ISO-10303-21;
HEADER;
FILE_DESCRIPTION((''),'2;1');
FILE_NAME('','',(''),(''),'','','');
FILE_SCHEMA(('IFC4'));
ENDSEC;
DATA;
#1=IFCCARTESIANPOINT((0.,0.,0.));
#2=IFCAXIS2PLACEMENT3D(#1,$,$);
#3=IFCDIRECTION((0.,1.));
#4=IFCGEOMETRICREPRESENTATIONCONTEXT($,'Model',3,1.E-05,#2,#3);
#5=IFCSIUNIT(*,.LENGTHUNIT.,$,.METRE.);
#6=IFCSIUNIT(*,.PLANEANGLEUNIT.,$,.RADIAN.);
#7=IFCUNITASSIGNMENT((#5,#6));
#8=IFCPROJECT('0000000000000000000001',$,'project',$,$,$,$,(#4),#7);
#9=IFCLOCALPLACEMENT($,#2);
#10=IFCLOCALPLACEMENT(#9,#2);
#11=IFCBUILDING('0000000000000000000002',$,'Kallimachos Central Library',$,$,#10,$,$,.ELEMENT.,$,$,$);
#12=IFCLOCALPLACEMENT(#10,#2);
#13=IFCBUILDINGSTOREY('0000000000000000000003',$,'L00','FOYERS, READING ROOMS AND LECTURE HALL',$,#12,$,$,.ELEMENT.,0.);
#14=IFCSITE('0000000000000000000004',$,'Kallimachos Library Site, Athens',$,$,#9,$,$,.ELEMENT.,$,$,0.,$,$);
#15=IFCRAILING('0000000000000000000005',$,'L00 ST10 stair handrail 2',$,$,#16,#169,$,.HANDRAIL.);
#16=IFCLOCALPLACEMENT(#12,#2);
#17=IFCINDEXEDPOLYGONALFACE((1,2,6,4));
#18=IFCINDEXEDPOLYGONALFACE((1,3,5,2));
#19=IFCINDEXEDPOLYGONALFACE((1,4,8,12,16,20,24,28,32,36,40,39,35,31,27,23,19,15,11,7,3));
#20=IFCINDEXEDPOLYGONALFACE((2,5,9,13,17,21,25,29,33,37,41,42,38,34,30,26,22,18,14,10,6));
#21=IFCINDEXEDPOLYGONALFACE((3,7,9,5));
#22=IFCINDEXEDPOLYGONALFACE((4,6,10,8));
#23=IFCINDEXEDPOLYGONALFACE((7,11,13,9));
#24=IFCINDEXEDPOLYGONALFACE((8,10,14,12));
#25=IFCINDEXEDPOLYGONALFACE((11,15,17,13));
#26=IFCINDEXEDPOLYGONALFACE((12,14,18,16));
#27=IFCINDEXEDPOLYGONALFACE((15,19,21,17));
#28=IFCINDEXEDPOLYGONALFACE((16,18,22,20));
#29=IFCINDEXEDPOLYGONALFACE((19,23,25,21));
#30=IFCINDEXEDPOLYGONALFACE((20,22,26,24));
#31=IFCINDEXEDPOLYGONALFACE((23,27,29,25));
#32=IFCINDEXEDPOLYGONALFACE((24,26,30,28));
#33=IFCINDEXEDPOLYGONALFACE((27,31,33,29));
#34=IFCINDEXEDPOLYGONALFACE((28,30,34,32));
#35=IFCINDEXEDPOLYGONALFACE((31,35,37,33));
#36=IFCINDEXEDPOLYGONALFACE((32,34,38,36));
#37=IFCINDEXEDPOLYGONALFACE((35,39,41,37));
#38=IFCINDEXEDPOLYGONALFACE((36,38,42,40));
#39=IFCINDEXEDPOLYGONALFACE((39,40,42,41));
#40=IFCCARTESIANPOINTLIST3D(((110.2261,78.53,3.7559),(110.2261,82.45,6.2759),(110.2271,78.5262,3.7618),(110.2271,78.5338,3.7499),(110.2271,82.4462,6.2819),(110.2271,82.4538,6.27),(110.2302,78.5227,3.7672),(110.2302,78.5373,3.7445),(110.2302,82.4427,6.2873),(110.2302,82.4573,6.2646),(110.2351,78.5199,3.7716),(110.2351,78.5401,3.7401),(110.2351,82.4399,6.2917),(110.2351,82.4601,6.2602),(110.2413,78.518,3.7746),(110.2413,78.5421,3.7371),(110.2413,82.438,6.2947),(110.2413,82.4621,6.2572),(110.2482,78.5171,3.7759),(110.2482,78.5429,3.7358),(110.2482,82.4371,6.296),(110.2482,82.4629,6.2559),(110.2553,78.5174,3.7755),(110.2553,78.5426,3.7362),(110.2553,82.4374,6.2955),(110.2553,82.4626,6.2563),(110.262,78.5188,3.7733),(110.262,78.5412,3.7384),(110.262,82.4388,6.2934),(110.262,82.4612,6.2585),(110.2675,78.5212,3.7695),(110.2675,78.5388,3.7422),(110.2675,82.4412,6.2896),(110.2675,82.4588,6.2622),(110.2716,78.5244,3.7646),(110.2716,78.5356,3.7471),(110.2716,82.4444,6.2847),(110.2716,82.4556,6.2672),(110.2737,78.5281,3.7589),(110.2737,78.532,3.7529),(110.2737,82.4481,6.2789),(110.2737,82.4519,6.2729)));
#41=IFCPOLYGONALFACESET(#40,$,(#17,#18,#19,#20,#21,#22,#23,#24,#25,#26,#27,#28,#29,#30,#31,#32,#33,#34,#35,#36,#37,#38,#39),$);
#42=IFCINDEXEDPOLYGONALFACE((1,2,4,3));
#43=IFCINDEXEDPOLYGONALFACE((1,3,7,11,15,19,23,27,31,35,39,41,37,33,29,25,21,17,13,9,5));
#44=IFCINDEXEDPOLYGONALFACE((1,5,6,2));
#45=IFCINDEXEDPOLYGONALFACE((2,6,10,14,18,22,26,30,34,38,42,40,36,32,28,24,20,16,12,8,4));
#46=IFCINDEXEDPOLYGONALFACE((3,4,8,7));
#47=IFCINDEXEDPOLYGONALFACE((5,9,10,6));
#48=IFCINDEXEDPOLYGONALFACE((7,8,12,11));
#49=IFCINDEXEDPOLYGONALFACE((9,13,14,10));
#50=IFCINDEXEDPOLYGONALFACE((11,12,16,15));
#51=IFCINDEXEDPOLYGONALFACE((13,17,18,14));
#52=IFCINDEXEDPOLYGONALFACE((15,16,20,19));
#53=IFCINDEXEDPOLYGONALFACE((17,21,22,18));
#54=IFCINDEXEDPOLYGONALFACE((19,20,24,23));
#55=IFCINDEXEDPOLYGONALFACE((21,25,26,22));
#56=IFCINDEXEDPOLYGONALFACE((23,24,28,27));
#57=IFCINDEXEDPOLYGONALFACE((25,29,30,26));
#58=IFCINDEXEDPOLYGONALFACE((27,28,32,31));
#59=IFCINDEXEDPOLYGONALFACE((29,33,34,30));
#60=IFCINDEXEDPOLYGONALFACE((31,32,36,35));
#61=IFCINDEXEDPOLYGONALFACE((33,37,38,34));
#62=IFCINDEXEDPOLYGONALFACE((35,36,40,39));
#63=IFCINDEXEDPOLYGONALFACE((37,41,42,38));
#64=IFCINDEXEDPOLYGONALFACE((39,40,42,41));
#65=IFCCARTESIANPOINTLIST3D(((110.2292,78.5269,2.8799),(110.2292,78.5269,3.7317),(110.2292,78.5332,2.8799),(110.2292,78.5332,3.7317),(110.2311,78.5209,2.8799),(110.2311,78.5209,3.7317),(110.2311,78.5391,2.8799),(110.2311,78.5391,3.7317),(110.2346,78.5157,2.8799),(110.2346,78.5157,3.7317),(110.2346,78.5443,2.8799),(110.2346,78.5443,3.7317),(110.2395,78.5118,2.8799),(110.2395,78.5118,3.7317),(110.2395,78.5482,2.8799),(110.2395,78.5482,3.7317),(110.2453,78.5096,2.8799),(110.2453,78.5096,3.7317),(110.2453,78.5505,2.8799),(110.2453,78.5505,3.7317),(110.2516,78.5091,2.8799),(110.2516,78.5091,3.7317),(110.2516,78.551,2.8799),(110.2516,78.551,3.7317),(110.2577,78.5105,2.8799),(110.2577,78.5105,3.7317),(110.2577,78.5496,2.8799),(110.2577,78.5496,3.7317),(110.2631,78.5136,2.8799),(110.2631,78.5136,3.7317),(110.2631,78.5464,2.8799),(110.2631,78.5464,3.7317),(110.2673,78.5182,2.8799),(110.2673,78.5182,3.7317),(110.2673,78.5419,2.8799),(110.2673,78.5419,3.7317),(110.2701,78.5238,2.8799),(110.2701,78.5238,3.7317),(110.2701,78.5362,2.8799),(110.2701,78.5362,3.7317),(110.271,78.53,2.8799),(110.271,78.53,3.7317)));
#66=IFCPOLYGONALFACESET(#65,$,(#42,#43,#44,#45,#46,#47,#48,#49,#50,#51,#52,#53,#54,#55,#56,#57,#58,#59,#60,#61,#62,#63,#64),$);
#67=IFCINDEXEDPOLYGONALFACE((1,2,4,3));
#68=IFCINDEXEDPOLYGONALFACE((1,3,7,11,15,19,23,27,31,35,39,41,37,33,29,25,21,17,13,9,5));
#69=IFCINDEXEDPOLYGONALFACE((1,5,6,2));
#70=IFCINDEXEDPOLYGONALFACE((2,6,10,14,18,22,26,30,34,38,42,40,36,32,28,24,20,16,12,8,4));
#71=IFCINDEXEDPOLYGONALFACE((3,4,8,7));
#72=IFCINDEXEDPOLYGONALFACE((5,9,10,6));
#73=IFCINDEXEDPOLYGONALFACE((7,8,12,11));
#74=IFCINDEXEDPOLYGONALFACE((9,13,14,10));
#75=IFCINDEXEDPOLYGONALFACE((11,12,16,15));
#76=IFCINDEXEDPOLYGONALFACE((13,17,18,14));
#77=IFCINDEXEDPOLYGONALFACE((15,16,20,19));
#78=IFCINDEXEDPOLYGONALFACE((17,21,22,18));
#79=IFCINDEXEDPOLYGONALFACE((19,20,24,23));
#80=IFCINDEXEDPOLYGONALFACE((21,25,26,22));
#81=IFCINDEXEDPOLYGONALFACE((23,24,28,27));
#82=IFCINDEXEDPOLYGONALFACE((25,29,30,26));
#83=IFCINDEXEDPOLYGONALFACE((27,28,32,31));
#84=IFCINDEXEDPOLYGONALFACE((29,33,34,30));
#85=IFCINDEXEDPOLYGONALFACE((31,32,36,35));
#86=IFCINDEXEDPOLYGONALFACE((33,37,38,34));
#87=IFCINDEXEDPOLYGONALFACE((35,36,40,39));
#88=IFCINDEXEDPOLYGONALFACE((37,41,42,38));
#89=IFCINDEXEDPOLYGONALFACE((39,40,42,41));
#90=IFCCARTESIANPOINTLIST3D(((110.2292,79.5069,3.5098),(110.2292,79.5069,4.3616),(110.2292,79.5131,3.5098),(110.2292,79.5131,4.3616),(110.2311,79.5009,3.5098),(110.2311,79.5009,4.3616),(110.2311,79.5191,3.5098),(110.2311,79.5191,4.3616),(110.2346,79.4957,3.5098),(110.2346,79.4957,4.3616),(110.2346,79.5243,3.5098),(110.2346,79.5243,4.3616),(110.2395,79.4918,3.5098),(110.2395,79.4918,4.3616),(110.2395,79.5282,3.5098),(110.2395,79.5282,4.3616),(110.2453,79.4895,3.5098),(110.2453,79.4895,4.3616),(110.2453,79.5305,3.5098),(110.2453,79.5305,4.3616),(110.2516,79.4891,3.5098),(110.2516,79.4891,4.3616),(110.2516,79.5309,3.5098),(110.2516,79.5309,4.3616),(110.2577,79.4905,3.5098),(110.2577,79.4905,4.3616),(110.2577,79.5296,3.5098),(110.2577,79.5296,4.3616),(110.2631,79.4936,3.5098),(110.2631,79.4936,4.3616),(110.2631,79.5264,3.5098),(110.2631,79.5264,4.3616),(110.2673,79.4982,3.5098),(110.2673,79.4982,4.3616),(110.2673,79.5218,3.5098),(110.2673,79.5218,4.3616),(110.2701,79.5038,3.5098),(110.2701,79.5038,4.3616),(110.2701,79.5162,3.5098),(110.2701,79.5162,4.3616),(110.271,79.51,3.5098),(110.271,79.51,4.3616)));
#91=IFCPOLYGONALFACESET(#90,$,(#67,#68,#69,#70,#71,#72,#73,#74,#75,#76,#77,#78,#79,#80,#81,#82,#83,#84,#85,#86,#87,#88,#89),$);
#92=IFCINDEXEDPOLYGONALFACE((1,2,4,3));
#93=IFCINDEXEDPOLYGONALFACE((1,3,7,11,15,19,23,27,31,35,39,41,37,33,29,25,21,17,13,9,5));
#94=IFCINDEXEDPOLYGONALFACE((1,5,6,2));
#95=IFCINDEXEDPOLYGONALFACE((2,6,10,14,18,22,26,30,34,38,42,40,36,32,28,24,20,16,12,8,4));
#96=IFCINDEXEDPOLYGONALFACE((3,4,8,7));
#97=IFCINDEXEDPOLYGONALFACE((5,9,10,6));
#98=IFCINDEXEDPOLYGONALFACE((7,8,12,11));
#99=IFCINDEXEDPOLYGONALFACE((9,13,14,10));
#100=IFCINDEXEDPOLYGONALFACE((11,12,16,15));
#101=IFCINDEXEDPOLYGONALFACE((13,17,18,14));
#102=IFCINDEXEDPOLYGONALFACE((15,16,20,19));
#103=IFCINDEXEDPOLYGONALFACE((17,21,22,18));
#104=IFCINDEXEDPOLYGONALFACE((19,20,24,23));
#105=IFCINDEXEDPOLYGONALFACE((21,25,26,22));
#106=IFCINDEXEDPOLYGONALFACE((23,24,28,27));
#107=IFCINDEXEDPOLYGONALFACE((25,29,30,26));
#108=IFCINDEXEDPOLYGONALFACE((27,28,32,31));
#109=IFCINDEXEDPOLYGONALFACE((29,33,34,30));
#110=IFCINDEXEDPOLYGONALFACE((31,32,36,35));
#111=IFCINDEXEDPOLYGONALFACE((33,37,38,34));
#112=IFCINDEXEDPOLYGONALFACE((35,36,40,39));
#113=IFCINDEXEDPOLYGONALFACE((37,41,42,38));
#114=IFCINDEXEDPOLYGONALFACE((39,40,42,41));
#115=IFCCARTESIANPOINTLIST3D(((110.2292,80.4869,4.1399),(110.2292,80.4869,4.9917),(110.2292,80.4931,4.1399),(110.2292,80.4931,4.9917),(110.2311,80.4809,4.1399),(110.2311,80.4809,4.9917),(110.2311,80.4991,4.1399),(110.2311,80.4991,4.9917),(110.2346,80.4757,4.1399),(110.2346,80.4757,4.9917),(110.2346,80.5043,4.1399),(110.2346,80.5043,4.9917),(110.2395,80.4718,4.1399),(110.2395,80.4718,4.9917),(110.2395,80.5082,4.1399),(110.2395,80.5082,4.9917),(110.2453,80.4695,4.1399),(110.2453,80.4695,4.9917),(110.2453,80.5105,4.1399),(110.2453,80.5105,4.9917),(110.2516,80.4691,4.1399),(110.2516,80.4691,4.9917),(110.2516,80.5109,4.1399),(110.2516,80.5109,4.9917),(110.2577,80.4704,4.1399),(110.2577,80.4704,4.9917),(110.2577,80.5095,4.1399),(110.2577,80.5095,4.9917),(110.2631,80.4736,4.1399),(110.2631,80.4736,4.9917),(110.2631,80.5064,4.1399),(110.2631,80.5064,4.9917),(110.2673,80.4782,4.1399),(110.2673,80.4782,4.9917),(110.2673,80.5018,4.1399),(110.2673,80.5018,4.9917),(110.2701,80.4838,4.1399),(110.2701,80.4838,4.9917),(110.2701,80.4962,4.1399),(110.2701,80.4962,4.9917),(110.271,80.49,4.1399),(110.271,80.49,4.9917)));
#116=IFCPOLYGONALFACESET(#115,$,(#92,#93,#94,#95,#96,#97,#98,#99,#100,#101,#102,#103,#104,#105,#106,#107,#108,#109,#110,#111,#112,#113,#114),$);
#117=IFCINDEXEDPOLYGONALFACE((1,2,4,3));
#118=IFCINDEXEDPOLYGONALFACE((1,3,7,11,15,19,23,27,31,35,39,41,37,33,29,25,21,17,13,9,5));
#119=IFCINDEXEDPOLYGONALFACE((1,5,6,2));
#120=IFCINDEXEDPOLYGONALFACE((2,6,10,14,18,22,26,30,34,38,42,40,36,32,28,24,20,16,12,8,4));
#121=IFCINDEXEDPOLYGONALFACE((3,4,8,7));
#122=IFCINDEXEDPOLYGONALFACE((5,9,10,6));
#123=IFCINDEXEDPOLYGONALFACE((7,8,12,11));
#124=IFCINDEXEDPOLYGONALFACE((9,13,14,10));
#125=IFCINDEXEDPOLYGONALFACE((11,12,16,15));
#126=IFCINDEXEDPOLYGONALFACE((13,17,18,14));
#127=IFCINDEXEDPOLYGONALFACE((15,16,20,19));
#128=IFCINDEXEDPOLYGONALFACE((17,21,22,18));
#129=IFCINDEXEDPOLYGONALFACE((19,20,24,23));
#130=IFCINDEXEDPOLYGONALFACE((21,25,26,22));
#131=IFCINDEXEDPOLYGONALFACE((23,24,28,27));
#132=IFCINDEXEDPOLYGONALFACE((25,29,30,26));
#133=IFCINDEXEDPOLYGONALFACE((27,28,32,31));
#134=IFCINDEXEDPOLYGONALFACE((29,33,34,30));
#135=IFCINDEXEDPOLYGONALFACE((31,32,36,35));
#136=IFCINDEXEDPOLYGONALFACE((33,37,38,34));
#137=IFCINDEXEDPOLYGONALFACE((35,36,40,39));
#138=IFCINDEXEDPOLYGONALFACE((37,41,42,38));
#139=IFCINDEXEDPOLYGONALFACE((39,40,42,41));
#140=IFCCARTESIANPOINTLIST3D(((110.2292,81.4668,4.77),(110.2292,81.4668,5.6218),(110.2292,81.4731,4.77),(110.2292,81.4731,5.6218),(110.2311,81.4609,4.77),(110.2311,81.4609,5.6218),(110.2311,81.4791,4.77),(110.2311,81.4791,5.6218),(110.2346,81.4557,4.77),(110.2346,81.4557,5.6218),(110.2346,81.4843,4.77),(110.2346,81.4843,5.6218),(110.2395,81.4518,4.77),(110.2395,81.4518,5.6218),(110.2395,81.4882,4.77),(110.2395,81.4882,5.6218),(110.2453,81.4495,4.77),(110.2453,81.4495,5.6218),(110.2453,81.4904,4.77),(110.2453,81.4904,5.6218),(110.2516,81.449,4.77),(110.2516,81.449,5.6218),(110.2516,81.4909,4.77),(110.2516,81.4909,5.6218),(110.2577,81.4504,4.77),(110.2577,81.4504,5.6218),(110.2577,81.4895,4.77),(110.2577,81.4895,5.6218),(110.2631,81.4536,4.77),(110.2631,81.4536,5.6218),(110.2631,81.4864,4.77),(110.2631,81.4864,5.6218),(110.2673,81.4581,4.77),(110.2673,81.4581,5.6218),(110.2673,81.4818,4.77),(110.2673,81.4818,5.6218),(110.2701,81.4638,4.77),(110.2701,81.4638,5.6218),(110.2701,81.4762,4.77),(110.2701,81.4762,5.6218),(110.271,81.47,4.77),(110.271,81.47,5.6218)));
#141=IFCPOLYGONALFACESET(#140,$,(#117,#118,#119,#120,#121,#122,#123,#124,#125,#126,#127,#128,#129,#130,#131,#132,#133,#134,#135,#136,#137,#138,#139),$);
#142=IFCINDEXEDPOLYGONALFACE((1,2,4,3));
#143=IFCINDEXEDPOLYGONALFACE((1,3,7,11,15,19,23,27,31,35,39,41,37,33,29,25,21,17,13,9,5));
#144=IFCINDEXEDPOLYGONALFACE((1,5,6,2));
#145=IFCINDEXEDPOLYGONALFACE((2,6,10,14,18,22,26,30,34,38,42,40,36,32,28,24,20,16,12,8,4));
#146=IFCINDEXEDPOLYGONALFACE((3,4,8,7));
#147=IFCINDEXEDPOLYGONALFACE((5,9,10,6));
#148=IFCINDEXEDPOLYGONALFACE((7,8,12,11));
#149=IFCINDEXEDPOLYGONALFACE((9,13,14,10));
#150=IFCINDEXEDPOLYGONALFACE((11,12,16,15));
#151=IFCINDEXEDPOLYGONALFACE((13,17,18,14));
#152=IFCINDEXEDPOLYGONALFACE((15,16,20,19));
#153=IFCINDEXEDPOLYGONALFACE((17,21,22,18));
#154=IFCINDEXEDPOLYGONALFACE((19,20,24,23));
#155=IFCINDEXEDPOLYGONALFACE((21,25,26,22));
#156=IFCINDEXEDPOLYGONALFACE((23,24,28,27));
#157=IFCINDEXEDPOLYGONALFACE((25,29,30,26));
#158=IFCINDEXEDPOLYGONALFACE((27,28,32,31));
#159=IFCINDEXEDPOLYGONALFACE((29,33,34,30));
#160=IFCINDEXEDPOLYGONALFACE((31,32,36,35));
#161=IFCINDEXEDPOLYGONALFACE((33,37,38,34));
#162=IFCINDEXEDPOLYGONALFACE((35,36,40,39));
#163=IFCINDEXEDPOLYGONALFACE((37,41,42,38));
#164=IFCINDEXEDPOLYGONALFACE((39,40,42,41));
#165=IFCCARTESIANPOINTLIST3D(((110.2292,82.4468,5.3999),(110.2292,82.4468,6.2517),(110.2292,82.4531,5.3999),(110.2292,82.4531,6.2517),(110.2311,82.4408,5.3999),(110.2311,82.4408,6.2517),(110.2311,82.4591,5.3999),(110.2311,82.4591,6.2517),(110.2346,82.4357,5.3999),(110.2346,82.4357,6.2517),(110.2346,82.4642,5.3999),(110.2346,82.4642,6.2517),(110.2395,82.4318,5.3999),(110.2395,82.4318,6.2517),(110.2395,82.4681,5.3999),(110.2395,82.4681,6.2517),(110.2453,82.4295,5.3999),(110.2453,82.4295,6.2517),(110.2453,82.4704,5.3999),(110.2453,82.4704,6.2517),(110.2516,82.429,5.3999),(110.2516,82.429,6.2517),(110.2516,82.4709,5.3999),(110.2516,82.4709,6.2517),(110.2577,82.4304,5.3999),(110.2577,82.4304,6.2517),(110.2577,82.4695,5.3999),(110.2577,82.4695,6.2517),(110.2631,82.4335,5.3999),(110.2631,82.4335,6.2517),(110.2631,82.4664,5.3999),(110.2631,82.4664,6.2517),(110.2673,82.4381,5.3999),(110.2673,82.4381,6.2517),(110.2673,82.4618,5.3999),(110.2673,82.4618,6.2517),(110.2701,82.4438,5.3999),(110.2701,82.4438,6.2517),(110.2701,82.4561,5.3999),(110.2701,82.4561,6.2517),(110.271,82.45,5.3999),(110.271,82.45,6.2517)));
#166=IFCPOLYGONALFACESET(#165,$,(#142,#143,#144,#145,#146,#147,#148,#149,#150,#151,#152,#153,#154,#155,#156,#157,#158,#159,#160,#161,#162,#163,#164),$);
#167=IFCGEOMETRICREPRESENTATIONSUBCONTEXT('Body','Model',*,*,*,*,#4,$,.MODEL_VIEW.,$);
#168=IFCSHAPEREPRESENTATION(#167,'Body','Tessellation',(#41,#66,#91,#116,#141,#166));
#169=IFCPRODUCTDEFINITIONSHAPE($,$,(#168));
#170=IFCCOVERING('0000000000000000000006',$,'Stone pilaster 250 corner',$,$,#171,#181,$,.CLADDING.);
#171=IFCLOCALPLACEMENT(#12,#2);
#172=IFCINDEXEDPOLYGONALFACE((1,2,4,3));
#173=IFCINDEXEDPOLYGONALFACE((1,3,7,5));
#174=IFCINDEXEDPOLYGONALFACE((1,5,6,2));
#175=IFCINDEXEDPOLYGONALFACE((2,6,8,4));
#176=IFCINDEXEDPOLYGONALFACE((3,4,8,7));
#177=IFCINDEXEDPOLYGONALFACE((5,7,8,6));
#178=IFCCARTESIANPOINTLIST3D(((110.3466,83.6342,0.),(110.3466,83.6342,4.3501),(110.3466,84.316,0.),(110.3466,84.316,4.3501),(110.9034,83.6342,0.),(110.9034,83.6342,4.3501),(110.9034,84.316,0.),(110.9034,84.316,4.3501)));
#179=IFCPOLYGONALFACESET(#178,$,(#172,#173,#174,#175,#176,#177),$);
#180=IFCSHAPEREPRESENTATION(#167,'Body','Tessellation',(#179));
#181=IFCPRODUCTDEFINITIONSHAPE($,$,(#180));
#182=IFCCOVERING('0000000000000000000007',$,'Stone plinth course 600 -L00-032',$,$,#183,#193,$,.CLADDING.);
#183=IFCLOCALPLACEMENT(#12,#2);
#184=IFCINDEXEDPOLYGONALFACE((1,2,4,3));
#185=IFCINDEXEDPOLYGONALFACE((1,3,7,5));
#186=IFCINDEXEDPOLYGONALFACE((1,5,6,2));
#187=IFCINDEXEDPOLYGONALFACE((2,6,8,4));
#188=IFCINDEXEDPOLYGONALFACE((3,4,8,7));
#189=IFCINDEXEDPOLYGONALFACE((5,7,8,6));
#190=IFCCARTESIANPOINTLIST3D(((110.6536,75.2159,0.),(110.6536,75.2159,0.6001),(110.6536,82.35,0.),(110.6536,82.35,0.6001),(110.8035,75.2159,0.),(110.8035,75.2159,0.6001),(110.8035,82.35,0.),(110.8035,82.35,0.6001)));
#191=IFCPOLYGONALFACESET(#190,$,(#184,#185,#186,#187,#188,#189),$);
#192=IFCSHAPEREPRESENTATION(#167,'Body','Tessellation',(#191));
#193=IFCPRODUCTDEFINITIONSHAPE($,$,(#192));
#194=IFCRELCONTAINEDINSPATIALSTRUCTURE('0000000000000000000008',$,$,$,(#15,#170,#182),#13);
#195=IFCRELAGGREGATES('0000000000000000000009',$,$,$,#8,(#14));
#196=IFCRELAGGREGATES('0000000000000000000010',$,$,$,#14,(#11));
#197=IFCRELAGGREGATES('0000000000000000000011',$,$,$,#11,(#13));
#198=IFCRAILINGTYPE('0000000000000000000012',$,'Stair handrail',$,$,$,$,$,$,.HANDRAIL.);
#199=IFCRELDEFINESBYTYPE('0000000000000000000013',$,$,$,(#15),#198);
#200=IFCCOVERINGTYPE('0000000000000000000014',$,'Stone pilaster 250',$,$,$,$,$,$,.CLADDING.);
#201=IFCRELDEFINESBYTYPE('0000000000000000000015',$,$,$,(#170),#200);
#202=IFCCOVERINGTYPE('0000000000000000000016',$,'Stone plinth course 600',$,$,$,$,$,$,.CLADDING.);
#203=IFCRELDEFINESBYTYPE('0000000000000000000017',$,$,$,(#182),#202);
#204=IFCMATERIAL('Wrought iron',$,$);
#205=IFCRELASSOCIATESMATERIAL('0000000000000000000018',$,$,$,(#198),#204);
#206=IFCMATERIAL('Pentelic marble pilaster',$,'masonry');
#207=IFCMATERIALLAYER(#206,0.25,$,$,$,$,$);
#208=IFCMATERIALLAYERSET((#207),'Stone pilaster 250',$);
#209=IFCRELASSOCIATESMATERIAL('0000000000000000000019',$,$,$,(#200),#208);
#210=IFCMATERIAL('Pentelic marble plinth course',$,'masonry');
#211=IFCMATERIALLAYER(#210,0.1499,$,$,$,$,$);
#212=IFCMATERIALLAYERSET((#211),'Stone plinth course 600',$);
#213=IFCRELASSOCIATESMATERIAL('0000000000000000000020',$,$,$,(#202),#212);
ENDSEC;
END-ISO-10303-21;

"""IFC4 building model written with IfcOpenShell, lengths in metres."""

from ifc_helpers import new_model, si_unit, direction, frame, origin, origin_2d, place, context, subcontext, project, spatial, rectangle, circle, extrude, material, layer, layer_set, type_object, element, save


model = new_model("IFC4")

# Units and contexts
model_context = context("Model", 3, precision=1e-05, world=origin(), true_north=direction((0.0, 1.0)))
body_context = subcontext(model_context, "Body", "Model", "MODEL_VIEW")
ifc_project = project(units=[si_unit("LENGTHUNIT", "METRE"), si_unit("PLANEANGLEUNIT", "RADIAN")], contexts=[model_context])

# Site, building, storey
site_placement = place(None, origin())
site = spatial("IfcSite", under=ifc_project, at=site_placement, Name="Kallimachos Library Site, Athens", CompositionType="ELEMENT", RefElevation=0.0)
building_placement = place(site_placement, origin())
building = spatial("IfcBuilding", under=site, at=building_placement, Name="Kallimachos Central Library", CompositionType="ELEMENT")
storey_placement = place(building_placement, origin())
storey = spatial("IfcBuildingStorey", under=building, at=storey_placement, Name="L00", Description="FOYERS, READING ROOMS AND LECTURE HALL", CompositionType="ELEMENT", Elevation=0.0)

# Railing
ifc_material_1 = material(Name="Wrought iron")
railing_type_1 = type_object("IfcRailingType", Name="Stair handrail", PredefinedType="HANDRAIL", material=ifc_material_1)
railing_1_placement = place(storey_placement, frame((110.25, 78.53, 2.8799)))
element("IfcRailing", 1, at=railing_1_placement, inside=storey, type_object=railing_type_1, Name="L00 ST10 stair handrail 2", PredefinedType="HANDRAIL", context=body_context, shape_type="SweptSolid", body=[
    extrude(circle(Radius=0.0239, at=origin_2d()), frame((0.0, 0.0, 0.876), z_axis=(0.0, 0.841172, 0.540768), x_axis=(-1.0, 0.0, 0.0)), (0.0, 0.0, 1.0), 4.6602),
    extrude(circle(Radius=0.021, at=origin_2d()), origin(), (0.0, 0.0, 1.0), 0.8518),
    extrude(circle(Radius=0.021, at=origin_2d()), frame((0.0, 0.98, 0.6299)), (0.0, 0.0, 1.0), 0.8518),
    extrude(circle(Radius=0.021, at=origin_2d()), frame((0.0, 1.96, 1.26)), (0.0, 0.0, 1.0), 0.8518),
    extrude(circle(Radius=0.021, at=origin_2d()), frame((0.0, 2.9399, 1.8901)), (0.0, 0.0, 1.0), 0.8518),
    extrude(circle(Radius=0.021, at=origin_2d()), frame((0.0, 3.9199, 2.52)), (0.0, 0.0, 1.0), 0.8518),
])

# Coverings
ifc_material_2 = material(Name="Pentelic marble pilaster", Category="masonry")
ifc_layer_1 = layer(ifc_material_2, 0.25)
ifc_layer_set_1 = layer_set([ifc_layer_1], Name="Stone pilaster 250")
covering_type_1 = type_object("IfcCoveringType", Name="Stone pilaster 250", PredefinedType="CLADDING", material=ifc_layer_set_1)
covering_1_placement = place(storey_placement, frame((110.625, 83.9751, 0.0), z_axis=(0.0, 0.0, 1.0), x_axis=(1.0, 0.0, 0.0)))
element("IfcCovering", 2, at=covering_1_placement, inside=storey, type_object=covering_type_1, Name="Stone pilaster 250 corner", PredefinedType="CLADDING", context=body_context, shape_type="SweptSolid", body=[
    extrude(rectangle(XDim=0.5569, YDim=0.6819, at=origin_2d()), origin(), (0.0, 0.0, 1.0), 4.3501),
])
ifc_material_3 = material(Name="Pentelic marble plinth course", Category="masonry")
ifc_layer_2 = layer(ifc_material_3, 0.1499)
ifc_layer_set_2 = layer_set([ifc_layer_2], Name="Stone plinth course 600")
covering_type_2 = type_object("IfcCoveringType", Name="Stone plinth course 600", PredefinedType="CLADDING", material=ifc_layer_set_2)
covering_2_placement = place(storey_placement, frame((110.7285, 78.783, 0.0), z_axis=(0.0, 0.0, 1.0), x_axis=(1.0, 0.0, 0.0)))
element("IfcCovering", 3, at=covering_2_placement, inside=storey, type_object=covering_type_2, Name="Stone plinth course 600 -L00-032", PredefinedType="CLADDING", context=body_context, shape_type="SweptSolid", body=[
    extrude(rectangle(XDim=0.1499, YDim=7.134, at=origin_2d()), origin(), (0.0, 0.0, 1.0), 0.6001),
])

save(model, "model.ifc")
